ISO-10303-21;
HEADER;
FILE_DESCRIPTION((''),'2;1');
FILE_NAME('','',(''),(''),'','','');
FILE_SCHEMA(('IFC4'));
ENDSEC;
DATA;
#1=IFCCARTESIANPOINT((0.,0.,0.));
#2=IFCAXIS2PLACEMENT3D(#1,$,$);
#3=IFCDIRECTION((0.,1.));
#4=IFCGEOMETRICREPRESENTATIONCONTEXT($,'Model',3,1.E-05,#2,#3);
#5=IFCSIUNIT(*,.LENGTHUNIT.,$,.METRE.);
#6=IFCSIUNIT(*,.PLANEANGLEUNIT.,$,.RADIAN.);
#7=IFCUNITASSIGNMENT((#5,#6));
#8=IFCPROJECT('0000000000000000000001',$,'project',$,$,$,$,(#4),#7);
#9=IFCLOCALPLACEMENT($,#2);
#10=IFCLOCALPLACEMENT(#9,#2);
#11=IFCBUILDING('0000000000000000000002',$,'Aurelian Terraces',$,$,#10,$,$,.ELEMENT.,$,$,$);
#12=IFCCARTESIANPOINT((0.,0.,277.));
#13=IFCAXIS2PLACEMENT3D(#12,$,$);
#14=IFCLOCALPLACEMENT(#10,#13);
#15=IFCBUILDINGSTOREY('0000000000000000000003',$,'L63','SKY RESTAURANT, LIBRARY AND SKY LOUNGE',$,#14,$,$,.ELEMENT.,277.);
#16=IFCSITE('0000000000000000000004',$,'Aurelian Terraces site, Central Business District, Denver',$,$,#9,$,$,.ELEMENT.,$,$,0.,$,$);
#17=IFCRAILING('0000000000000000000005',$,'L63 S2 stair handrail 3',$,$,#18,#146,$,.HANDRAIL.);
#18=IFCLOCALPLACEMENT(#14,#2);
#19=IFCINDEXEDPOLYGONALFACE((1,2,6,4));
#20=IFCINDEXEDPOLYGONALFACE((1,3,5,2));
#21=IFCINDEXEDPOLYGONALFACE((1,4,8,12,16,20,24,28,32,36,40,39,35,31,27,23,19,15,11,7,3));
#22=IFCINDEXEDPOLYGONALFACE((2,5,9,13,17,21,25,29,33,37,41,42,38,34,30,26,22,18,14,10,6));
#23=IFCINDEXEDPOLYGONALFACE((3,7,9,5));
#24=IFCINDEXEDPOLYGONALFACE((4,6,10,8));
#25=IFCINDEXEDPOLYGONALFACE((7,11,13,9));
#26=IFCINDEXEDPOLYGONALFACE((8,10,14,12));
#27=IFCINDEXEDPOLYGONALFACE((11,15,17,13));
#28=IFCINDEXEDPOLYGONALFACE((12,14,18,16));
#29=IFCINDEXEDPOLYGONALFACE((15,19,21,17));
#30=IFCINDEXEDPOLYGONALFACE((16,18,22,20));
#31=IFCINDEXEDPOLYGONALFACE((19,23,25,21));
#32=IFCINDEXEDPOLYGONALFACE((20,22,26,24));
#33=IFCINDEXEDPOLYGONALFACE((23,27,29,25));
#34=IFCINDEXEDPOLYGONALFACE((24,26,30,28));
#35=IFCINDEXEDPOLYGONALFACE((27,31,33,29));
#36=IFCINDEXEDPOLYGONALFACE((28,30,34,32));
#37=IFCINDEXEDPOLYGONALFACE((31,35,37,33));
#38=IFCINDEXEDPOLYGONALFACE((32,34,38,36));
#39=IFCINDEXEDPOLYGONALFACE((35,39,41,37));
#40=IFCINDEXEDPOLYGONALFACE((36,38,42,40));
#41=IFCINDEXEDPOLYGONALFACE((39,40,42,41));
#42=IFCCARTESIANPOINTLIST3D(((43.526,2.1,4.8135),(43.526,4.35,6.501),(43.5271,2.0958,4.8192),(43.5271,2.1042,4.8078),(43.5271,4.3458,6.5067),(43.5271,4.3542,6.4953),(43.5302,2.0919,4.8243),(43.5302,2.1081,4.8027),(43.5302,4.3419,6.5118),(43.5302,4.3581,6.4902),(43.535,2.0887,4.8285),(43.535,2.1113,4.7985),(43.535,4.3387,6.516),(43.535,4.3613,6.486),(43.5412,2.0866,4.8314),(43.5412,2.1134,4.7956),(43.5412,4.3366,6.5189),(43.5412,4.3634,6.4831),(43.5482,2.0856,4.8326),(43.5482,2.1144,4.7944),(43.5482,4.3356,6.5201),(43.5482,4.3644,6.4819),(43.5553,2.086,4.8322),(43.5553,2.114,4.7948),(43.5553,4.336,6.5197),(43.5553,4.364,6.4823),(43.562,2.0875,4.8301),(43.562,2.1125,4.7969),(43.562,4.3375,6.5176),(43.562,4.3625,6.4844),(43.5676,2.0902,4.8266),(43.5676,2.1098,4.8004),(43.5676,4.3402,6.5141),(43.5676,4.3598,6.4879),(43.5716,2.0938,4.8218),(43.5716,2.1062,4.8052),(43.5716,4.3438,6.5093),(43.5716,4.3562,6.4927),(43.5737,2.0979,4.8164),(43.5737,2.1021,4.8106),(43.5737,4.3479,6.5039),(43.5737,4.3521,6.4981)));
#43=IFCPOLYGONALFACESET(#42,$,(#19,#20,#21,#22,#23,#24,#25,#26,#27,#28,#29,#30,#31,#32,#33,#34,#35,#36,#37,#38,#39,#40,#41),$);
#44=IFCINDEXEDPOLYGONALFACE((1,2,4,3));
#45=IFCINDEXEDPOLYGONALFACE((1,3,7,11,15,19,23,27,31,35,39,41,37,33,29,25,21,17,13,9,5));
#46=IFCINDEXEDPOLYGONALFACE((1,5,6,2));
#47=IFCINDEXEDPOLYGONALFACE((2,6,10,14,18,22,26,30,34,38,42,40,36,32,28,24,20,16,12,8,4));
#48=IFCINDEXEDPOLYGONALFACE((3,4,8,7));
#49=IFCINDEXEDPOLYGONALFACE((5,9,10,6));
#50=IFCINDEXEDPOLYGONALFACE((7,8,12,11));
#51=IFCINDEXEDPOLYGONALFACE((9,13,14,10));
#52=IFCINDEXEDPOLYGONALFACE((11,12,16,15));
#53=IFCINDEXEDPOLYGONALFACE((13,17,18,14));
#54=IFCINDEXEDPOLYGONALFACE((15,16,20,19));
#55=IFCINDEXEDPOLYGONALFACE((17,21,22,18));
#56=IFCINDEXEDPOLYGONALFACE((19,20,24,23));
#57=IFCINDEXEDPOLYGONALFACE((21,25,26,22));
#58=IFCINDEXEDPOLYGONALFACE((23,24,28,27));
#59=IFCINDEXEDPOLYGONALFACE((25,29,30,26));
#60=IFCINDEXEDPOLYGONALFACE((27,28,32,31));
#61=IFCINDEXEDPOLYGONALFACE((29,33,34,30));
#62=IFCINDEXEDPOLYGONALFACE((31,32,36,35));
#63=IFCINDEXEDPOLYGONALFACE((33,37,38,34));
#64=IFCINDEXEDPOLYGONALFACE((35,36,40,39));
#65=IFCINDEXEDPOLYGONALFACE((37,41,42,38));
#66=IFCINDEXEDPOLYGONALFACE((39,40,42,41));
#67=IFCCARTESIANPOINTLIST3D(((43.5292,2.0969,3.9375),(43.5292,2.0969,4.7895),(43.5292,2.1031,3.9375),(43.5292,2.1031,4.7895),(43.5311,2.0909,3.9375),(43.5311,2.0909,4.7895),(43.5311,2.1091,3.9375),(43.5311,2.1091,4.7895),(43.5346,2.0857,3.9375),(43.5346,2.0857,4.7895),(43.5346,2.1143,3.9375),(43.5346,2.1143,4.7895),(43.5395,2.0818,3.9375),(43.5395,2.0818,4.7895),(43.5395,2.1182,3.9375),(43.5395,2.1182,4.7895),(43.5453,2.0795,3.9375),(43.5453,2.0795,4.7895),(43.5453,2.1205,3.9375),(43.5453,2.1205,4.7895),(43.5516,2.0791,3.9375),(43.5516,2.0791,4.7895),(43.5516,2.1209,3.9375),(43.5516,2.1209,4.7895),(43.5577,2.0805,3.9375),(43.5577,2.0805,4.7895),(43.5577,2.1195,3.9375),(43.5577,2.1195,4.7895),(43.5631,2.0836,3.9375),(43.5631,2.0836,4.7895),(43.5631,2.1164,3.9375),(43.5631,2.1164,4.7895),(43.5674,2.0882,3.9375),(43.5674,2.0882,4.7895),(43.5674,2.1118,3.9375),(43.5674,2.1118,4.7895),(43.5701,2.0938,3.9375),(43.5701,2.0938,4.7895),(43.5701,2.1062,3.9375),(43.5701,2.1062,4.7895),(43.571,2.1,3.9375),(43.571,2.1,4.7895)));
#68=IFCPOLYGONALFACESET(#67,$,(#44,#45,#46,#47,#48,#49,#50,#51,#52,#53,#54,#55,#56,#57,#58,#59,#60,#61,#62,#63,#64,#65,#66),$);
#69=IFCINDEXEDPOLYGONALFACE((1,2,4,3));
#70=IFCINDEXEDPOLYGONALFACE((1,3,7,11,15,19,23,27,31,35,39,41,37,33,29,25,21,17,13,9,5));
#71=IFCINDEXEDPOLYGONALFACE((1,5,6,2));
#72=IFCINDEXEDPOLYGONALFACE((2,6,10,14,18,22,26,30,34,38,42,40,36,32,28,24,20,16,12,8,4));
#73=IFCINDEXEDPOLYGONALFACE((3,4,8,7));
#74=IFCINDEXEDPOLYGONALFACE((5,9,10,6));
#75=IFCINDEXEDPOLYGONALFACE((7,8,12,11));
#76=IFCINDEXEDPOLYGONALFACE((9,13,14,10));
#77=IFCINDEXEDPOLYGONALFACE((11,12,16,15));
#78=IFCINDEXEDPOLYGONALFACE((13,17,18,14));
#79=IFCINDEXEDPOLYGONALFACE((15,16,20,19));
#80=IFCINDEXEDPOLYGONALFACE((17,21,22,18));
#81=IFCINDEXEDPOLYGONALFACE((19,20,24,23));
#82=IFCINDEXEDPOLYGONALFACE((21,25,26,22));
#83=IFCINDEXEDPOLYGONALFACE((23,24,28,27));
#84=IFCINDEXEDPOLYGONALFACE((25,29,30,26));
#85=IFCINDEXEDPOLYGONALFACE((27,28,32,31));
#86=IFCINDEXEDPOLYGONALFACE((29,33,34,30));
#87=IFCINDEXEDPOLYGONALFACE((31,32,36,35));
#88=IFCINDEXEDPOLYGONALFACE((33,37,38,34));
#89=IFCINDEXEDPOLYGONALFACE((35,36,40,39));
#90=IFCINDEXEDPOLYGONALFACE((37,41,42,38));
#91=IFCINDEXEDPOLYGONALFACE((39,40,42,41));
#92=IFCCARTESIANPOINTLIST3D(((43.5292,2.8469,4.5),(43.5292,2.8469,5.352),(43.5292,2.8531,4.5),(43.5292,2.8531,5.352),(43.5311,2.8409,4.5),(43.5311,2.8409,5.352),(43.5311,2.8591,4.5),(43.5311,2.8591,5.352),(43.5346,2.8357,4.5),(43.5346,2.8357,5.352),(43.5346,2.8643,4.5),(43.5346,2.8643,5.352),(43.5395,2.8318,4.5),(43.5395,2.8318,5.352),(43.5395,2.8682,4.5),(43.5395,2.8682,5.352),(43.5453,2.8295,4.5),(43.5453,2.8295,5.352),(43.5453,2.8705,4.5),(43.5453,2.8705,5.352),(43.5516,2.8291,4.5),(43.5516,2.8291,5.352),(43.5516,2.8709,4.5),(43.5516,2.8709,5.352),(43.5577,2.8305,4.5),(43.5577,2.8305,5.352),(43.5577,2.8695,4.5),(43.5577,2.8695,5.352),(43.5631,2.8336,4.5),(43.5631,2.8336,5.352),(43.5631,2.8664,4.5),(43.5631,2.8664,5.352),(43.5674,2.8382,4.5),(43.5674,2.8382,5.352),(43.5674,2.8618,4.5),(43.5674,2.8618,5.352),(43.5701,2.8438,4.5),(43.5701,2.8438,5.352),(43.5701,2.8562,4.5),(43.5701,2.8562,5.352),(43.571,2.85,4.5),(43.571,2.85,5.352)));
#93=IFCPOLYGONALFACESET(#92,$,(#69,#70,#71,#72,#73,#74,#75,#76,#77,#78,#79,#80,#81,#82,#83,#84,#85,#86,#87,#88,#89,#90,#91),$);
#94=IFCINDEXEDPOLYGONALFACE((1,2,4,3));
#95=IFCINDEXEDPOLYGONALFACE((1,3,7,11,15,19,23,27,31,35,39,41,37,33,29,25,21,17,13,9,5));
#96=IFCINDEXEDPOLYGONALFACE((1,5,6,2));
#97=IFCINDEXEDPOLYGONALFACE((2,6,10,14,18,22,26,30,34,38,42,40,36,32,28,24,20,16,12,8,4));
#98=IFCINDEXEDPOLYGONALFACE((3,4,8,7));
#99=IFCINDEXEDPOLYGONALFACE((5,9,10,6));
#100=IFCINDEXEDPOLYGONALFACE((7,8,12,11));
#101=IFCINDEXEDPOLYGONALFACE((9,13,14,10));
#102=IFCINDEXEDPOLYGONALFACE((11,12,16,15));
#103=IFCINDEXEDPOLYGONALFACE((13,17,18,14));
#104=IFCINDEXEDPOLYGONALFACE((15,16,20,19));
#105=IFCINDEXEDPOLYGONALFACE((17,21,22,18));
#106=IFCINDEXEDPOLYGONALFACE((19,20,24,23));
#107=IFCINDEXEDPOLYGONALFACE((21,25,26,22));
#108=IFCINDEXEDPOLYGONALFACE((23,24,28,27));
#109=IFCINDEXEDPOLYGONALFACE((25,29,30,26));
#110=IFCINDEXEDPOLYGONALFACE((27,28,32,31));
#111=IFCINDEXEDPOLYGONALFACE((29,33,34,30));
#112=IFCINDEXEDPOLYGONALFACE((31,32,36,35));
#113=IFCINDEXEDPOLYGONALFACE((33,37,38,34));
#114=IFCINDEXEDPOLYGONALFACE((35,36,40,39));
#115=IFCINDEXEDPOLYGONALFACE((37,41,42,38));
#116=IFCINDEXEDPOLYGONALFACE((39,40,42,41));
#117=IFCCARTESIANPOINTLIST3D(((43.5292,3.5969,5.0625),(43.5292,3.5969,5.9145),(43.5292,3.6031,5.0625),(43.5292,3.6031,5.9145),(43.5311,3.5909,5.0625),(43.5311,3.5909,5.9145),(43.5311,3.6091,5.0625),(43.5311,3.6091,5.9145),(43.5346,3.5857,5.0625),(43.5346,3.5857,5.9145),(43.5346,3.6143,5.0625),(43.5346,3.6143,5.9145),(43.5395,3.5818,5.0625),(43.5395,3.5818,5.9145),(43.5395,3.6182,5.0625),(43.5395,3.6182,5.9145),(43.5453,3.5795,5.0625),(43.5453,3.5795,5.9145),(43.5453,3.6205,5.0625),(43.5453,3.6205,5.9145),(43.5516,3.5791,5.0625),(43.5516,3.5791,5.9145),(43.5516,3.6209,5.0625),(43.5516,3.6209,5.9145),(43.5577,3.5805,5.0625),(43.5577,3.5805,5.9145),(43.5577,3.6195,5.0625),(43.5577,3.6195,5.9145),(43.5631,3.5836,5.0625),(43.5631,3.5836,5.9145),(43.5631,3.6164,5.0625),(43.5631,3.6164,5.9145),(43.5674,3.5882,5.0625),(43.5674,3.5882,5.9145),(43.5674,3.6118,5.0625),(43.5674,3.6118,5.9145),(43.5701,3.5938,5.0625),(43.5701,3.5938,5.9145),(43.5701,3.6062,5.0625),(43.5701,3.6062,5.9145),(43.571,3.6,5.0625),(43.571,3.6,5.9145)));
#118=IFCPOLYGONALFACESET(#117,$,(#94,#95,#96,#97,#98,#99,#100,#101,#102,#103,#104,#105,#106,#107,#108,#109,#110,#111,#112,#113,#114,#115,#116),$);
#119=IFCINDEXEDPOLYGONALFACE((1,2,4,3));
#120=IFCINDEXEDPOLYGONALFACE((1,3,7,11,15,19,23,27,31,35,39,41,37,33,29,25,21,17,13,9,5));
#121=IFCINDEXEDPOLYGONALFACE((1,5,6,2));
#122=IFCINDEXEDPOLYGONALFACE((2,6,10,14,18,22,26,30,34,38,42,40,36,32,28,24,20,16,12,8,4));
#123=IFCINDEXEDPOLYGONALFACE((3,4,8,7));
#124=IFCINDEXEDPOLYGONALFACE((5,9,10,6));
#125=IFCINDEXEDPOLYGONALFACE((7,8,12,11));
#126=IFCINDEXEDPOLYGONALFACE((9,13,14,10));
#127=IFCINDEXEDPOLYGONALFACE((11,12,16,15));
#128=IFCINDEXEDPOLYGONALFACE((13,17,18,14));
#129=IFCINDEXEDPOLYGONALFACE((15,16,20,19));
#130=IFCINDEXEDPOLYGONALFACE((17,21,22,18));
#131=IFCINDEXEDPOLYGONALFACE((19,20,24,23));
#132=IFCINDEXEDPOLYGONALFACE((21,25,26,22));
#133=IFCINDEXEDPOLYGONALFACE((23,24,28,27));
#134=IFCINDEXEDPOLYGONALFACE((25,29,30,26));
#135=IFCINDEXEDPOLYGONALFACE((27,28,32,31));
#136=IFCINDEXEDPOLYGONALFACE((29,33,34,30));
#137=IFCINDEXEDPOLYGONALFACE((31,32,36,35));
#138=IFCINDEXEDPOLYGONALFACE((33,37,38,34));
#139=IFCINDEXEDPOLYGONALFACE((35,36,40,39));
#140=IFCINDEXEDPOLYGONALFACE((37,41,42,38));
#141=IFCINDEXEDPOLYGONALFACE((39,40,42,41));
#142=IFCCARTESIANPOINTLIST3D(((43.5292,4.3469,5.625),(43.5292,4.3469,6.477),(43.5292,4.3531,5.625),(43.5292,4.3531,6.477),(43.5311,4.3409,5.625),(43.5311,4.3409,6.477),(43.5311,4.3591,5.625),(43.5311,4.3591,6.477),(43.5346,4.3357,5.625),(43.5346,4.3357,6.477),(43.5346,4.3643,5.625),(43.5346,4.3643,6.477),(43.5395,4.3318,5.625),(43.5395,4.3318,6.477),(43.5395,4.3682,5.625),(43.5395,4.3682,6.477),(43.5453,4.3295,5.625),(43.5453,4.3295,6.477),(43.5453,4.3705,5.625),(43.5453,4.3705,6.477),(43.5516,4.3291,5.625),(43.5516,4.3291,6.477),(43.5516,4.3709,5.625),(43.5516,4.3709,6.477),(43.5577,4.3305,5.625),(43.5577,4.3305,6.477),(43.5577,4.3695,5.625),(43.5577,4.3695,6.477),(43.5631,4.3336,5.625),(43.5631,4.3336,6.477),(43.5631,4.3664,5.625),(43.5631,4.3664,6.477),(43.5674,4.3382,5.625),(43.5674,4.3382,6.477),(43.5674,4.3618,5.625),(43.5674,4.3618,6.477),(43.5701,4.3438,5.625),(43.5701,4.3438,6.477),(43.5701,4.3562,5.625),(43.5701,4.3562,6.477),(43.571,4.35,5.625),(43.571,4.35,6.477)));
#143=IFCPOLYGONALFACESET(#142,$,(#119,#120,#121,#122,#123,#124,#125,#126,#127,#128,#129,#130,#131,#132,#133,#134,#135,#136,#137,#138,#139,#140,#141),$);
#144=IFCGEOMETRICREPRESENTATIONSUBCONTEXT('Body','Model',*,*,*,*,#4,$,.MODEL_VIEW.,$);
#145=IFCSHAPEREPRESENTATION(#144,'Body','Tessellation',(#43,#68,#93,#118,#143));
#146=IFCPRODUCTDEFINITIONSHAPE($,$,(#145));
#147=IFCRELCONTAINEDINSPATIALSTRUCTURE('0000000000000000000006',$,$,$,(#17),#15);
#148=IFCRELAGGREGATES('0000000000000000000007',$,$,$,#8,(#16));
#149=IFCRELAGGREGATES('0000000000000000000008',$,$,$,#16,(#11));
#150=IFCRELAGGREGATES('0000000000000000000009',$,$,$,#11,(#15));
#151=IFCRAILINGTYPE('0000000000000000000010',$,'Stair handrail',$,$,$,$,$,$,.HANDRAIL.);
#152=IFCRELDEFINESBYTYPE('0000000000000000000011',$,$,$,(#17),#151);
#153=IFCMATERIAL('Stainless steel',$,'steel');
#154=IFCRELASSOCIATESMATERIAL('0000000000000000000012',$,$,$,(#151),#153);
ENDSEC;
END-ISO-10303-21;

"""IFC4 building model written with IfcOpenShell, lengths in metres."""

from ifc_helpers import new_model, si_unit, direction, frame, origin, origin_2d, place, context, subcontext, project, spatial, circle, extrude, source, transform, mapped, material, type_object, element, save


model = new_model("IFC4")

# Units and contexts
model_context = context("Model", 3, precision=1e-05, world=origin(), true_north=direction((0.0, 1.0)))
body_context = subcontext(model_context, "Body", "Model", "MODEL_VIEW")
ifc_project = project(units=[si_unit("LENGTHUNIT", "METRE"), si_unit("PLANEANGLEUNIT", "RADIAN")], contexts=[model_context])

# Site, building, storey
site_placement = place(None, origin())
site = spatial("IfcSite", under=ifc_project, at=site_placement, Name="Aurelian Terraces site, Central Business District, Denver", CompositionType="ELEMENT", RefElevation=0.0)
building_placement = place(site_placement, origin())
building = spatial("IfcBuilding", under=site, at=building_placement, Name="Aurelian Terraces", CompositionType="ELEMENT")
storey_placement = place(building_placement, frame((0.0, 0.0, 277.0)))
storey = spatial("IfcBuildingStorey", under=building, at=storey_placement, Name="L63", Description="SKY RESTAURANT, LIBRARY AND SKY LOUNGE", CompositionType="ELEMENT", Elevation=277.0)

# Railing
ifc_material_1 = material(Name="Stainless steel", Category="steel")
railing_type_1 = type_object("IfcRailingType", Name="Stair handrail", PredefinedType="HANDRAIL", material=ifc_material_1)
shared_shape_1 = source(origin(), body_context, "Body", "SweptSolid", [
    extrude(circle(Radius=0.024, at=origin_2d()), frame((0.0, 0.0, 0.876), z_axis=(0.0, 0.8, 0.6), x_axis=(-1.0, 0.0, 0.0)), (0.0, 0.0, 1.0), 2.8125),
    extrude(circle(Radius=0.021, at=origin_2d()), origin(), (0.0, 0.0, 1.0), 0.852),
    extrude(circle(Radius=0.021, at=origin_2d()), frame((0.0, 0.75, 0.5625)), (0.0, 0.0, 1.0), 0.852),
    extrude(circle(Radius=0.021, at=origin_2d()), frame((0.0, 1.5, 1.125)), (0.0, 0.0, 1.0), 0.852),
    extrude(circle(Radius=0.021, at=origin_2d()), frame((0.0, 2.25, 1.6875)), (0.0, 0.0, 1.0), 0.852),
])
for number, where, name in (
    (1, (43.55, 2.1, 3.9375), "L63 S2 stair handrail 3"),
):
    element("IfcRailing", number, at=place(storey_placement, frame(where)), inside=storey, type_object=railing_type_1, Name=name, PredefinedType="HANDRAIL", context=body_context, shape_type="MappedRepresentation", body=[
        mapped(shared_shape_1, transform((0.0, 0.0, 0.0), scale=1.0)),
    ])

save(model, "model.ifc")
